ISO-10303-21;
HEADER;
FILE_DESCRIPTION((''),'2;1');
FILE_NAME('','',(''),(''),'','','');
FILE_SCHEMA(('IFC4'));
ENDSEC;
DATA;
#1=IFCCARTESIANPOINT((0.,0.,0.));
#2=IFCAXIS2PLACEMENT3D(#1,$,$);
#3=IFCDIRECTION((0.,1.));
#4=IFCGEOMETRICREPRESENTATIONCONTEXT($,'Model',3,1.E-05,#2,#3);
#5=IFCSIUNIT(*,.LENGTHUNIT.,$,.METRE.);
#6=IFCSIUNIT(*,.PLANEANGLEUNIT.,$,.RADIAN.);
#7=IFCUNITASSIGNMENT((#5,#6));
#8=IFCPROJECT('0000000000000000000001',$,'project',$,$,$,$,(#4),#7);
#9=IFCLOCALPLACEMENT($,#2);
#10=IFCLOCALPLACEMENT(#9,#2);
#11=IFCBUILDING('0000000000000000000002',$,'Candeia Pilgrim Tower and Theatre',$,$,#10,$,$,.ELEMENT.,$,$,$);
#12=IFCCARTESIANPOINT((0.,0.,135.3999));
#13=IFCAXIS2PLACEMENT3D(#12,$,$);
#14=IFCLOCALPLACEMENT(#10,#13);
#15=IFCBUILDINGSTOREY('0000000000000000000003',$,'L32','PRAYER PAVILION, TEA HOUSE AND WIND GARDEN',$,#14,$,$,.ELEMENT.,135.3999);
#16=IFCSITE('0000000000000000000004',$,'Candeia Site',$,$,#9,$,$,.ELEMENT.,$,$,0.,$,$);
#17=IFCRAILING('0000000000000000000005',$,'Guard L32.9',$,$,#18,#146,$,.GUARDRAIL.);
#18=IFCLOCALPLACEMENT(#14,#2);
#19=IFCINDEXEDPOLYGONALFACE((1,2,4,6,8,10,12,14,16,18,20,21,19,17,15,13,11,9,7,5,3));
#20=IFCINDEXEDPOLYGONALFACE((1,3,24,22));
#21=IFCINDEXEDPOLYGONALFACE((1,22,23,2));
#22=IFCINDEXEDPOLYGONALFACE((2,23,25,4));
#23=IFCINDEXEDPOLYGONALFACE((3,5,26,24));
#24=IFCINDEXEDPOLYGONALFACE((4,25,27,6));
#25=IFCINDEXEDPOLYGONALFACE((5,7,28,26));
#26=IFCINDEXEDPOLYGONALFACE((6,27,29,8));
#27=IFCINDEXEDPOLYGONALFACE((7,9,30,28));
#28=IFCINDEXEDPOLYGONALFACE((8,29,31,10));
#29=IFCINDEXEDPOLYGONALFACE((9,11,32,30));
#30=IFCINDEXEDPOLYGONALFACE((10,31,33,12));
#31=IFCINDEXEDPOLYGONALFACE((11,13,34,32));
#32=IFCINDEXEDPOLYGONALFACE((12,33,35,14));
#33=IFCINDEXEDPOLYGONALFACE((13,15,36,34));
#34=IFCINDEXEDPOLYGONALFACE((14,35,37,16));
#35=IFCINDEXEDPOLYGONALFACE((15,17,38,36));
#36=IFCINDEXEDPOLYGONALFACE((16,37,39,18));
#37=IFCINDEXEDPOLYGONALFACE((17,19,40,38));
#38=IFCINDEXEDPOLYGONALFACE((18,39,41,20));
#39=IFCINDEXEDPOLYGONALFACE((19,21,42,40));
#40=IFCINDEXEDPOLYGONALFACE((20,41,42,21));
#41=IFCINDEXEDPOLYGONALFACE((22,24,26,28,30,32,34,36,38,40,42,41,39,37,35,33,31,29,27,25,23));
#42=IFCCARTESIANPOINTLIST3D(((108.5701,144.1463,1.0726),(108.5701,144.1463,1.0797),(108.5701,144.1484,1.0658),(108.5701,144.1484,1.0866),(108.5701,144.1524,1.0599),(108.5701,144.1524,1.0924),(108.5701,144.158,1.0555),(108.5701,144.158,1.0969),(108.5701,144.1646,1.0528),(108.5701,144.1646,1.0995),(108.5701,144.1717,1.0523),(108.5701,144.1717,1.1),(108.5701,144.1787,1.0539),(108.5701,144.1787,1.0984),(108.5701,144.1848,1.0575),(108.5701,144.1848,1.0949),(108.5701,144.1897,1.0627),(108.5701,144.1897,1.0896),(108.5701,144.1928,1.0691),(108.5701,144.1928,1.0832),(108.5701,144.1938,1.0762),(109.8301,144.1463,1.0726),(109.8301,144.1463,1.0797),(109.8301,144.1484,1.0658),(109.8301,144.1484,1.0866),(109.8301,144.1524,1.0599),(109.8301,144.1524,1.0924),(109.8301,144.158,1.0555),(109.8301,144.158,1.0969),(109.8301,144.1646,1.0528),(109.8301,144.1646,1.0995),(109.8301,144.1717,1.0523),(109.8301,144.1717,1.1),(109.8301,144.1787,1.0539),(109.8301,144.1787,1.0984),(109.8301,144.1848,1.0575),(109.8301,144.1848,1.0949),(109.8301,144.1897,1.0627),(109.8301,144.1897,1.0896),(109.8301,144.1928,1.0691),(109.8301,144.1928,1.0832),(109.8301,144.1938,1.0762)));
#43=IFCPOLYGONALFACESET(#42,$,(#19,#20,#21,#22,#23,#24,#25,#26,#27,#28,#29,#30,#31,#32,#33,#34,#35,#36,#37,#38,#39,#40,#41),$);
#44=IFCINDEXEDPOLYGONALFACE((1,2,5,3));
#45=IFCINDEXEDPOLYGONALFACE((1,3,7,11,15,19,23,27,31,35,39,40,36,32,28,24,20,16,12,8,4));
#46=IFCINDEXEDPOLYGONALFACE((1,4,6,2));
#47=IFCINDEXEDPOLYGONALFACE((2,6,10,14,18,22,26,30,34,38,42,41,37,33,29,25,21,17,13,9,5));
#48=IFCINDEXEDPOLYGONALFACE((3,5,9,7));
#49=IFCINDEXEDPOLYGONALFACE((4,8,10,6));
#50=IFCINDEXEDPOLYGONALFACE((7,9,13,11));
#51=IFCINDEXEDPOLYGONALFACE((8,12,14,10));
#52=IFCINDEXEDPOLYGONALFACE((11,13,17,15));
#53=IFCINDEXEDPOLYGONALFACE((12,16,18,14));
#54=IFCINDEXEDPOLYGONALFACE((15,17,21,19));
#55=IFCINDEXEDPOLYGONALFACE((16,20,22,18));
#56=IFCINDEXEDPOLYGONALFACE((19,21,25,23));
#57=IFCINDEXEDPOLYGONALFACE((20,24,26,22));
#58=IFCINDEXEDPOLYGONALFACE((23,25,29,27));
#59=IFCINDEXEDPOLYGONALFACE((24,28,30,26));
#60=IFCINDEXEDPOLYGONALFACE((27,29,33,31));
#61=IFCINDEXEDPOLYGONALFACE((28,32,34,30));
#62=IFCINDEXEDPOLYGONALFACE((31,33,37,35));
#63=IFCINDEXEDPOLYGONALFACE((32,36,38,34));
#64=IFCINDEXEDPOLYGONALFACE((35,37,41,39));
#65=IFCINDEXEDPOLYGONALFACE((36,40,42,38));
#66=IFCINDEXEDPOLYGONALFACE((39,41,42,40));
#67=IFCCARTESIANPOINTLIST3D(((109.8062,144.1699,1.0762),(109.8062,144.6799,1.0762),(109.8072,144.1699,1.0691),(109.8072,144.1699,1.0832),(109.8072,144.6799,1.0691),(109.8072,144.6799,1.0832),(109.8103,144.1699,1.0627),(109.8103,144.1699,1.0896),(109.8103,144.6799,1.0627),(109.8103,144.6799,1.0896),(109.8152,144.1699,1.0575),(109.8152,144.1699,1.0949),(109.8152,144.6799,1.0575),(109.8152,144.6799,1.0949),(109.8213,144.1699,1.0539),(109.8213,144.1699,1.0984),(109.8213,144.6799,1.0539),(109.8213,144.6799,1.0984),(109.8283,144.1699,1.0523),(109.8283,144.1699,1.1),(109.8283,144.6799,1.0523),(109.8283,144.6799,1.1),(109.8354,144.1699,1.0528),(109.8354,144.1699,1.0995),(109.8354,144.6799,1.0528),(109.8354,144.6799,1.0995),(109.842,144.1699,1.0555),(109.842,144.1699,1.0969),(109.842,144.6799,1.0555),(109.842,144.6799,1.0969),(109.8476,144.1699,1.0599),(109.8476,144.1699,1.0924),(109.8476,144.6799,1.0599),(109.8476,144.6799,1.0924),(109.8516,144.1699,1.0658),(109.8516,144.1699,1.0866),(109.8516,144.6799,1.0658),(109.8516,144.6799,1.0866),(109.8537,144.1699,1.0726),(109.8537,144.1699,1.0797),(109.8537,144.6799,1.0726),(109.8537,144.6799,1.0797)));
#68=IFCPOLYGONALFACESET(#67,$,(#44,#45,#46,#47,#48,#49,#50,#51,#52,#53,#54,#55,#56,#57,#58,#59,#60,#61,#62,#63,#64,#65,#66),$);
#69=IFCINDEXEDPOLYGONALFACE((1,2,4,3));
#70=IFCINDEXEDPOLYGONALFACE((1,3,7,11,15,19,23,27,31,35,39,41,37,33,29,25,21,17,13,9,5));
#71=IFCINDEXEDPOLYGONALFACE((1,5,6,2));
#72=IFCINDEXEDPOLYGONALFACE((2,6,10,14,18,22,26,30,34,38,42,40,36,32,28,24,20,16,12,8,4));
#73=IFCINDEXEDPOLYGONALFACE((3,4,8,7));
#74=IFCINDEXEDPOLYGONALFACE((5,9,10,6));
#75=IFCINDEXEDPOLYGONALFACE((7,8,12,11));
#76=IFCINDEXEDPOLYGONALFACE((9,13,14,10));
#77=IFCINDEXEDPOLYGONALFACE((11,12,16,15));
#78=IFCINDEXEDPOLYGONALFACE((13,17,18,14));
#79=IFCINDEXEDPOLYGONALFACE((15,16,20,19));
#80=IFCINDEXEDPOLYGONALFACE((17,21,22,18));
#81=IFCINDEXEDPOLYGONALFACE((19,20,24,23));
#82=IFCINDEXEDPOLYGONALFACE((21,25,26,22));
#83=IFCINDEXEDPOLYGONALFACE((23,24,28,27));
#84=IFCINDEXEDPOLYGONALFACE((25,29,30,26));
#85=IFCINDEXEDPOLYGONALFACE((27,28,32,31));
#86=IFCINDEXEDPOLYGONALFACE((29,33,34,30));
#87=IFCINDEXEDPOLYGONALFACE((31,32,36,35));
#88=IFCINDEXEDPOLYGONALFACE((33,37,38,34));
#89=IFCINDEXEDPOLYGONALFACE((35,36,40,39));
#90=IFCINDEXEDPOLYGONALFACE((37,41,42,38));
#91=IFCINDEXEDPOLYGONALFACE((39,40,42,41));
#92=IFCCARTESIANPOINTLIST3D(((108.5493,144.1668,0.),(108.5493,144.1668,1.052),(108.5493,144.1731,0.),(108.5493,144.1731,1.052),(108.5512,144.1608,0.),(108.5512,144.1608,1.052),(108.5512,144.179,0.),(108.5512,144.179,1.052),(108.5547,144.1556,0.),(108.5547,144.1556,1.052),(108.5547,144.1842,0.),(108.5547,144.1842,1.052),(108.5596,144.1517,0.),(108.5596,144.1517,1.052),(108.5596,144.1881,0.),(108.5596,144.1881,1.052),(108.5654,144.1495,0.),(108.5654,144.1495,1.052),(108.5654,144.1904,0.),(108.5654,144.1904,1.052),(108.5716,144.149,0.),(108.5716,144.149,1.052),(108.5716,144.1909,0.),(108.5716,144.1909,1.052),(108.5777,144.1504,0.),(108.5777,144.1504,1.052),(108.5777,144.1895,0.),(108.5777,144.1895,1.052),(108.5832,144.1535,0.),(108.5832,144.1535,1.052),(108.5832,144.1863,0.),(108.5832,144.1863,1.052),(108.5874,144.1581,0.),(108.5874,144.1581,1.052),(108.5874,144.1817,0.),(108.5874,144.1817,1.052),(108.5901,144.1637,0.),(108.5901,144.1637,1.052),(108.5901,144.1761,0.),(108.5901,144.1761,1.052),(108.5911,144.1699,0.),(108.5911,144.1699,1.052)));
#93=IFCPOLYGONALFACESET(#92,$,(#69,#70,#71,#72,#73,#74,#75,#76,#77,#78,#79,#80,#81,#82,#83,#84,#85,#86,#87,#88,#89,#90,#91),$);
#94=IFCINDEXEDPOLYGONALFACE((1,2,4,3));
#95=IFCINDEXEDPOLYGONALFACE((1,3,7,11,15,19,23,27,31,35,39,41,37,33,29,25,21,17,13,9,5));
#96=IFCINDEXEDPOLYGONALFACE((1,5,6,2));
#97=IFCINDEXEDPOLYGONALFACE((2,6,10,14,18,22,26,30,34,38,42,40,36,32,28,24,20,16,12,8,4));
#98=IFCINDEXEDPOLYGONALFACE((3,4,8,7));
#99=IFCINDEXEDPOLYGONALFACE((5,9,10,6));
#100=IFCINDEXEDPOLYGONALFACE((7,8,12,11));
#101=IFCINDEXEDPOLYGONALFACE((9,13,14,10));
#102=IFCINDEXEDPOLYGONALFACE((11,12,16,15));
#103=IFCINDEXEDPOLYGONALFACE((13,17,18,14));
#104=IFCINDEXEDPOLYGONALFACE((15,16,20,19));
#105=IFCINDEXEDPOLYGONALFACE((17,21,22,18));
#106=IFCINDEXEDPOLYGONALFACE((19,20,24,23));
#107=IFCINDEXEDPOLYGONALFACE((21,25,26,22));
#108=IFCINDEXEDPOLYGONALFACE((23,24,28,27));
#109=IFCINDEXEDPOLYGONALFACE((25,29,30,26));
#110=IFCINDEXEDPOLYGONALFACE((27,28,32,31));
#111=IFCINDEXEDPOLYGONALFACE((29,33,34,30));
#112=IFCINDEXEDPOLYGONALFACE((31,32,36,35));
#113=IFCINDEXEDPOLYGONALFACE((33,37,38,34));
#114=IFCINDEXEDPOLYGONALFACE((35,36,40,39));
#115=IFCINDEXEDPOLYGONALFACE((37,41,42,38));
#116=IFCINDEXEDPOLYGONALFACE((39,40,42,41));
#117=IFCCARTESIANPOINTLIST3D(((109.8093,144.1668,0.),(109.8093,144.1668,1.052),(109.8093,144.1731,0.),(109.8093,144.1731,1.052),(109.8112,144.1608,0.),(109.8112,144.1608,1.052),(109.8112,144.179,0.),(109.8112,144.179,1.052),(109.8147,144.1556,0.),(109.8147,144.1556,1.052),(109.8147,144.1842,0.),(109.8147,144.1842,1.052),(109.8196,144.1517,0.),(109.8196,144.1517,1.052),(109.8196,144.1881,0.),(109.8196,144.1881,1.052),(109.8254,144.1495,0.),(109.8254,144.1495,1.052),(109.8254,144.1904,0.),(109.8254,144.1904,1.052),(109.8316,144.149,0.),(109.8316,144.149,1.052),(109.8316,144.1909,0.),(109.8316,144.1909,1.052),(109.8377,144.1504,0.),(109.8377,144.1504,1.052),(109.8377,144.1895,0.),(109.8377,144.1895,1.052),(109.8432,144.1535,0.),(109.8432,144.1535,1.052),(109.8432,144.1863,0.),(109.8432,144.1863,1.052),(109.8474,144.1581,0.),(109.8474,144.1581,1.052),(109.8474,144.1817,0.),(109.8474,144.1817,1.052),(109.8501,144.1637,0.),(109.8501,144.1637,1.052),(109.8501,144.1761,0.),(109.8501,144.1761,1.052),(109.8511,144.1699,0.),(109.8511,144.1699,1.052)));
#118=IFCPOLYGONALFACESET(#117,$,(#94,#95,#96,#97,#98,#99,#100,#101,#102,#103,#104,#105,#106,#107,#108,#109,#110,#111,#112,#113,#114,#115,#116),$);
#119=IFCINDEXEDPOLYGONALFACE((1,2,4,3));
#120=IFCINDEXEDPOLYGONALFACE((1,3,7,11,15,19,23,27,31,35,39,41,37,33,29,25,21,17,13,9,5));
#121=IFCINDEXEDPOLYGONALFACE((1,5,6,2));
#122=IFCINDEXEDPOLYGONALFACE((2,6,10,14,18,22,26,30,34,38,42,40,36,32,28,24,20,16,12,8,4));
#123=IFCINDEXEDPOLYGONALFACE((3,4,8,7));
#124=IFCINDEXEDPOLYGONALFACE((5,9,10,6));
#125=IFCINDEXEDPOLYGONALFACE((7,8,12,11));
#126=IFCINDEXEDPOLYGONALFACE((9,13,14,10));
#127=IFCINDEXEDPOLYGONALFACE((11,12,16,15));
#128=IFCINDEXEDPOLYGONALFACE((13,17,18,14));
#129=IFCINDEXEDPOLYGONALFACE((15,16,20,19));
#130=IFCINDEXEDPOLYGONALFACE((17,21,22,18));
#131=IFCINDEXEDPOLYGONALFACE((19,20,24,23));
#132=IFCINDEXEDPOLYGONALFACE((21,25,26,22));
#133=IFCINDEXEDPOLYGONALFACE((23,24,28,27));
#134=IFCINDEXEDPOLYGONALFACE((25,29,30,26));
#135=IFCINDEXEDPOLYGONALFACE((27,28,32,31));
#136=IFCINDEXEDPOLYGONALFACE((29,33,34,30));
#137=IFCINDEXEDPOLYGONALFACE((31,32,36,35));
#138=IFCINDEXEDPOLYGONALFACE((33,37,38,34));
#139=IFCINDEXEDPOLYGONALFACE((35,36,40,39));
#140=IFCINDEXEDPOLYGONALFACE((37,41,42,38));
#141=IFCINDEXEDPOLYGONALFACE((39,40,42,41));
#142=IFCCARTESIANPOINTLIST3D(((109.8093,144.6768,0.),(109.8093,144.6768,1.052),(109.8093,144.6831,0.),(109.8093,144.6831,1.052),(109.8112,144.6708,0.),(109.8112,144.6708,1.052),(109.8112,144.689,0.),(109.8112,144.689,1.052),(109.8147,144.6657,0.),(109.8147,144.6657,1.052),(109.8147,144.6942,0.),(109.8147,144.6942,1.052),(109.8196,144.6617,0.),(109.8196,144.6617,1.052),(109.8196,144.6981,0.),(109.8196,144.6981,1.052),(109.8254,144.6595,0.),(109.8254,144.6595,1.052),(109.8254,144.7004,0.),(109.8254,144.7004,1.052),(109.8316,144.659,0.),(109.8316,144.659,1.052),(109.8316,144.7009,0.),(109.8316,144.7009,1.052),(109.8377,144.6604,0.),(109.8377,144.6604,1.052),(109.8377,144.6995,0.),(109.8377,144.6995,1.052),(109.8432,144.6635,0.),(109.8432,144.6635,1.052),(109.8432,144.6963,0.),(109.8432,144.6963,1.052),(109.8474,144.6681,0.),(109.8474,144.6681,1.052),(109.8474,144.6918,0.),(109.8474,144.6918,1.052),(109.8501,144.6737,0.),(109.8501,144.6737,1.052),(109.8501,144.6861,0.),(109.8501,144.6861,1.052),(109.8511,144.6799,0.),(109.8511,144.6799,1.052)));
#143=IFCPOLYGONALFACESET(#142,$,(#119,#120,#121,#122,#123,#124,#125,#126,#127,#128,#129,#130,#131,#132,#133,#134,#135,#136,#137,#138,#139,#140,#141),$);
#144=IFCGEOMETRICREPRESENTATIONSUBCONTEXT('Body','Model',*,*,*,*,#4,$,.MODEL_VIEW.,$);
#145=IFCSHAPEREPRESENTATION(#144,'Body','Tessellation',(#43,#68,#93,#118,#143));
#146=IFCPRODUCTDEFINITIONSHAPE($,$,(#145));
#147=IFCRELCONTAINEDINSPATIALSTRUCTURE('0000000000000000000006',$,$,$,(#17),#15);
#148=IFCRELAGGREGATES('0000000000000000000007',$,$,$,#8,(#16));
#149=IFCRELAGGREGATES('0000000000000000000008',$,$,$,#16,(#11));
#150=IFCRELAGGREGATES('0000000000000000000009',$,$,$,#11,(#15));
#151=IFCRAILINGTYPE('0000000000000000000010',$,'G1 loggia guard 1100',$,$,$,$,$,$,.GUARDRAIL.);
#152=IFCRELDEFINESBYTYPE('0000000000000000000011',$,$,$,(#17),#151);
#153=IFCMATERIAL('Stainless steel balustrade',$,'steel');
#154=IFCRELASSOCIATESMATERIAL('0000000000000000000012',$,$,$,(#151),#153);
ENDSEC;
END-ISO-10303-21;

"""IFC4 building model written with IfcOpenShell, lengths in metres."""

from ifc_helpers import new_model, si_unit, direction, frame, origin, origin_2d, place, context, subcontext, project, spatial, circle, extrude, material, type_object, element, save


model = new_model("IFC4")

# Units and contexts
model_context = context("Model", 3, precision=1e-05, world=origin(), true_north=direction((0.0, 1.0)))
body_context = subcontext(model_context, "Body", "Model", "MODEL_VIEW")
ifc_project = project(units=[si_unit("LENGTHUNIT", "METRE"), si_unit("PLANEANGLEUNIT", "RADIAN")], contexts=[model_context])

# Site, building, storey
site_placement = place(None, origin())
site = spatial("IfcSite", under=ifc_project, at=site_placement, Name="Candeia Site", CompositionType="ELEMENT", RefElevation=0.0)
building_placement = place(site_placement, origin())
building = spatial("IfcBuilding", under=site, at=building_placement, Name="Candeia Pilgrim Tower and Theatre", CompositionType="ELEMENT")
storey_placement = place(building_placement, frame((0.0, 0.0, 135.3999)))
storey = spatial("IfcBuildingStorey", under=building, at=storey_placement, Name="L32", Description="PRAYER PAVILION, TEA HOUSE AND WIND GARDEN", CompositionType="ELEMENT", Elevation=135.3999)

# Railing
ifc_material_1 = material(Name="Stainless steel balustrade", Category="steel")
railing_type = type_object("IfcRailingType", Name="G1 loggia guard 1100", PredefinedType="GUARDRAIL", material=ifc_material_1)
railing_1_placement = place(storey_placement, frame((108.5701, 144.1699, 0.0)))
element("IfcRailing", 1, at=railing_1_placement, inside=storey, type_object=railing_type, Name="Guard L32.9", PredefinedType="GUARDRAIL", context=body_context, shape_type="SweptSolid", body=[
    extrude(circle(Radius=0.0239, at=origin_2d()), frame((0.0, 0.0, 1.0762), z_axis=(1.0, 0.0, 0.0), x_axis=(0.0, 1.0, 0.0)), (0.0, 0.0, 1.0), 1.26),
    extrude(circle(Radius=0.0239, at=origin_2d()), frame((1.26, 0.0, 1.0762), z_axis=(0.0, 1.0, 0.0), x_axis=(-1.0, 0.0, 0.0)), (0.0, 0.0, 1.0), 0.51),
    extrude(circle(Radius=0.021, at=origin_2d()), origin(), (0.0, 0.0, 1.0), 1.052),
    extrude(circle(Radius=0.021, at=origin_2d()), frame((1.26, 0.0, 0.0)), (0.0, 0.0, 1.0), 1.052),
    extrude(circle(Radius=0.021, at=origin_2d()), frame((1.26, 0.51, 0.0)), (0.0, 0.0, 1.0), 1.052),
])

save(model, "model.ifc")
